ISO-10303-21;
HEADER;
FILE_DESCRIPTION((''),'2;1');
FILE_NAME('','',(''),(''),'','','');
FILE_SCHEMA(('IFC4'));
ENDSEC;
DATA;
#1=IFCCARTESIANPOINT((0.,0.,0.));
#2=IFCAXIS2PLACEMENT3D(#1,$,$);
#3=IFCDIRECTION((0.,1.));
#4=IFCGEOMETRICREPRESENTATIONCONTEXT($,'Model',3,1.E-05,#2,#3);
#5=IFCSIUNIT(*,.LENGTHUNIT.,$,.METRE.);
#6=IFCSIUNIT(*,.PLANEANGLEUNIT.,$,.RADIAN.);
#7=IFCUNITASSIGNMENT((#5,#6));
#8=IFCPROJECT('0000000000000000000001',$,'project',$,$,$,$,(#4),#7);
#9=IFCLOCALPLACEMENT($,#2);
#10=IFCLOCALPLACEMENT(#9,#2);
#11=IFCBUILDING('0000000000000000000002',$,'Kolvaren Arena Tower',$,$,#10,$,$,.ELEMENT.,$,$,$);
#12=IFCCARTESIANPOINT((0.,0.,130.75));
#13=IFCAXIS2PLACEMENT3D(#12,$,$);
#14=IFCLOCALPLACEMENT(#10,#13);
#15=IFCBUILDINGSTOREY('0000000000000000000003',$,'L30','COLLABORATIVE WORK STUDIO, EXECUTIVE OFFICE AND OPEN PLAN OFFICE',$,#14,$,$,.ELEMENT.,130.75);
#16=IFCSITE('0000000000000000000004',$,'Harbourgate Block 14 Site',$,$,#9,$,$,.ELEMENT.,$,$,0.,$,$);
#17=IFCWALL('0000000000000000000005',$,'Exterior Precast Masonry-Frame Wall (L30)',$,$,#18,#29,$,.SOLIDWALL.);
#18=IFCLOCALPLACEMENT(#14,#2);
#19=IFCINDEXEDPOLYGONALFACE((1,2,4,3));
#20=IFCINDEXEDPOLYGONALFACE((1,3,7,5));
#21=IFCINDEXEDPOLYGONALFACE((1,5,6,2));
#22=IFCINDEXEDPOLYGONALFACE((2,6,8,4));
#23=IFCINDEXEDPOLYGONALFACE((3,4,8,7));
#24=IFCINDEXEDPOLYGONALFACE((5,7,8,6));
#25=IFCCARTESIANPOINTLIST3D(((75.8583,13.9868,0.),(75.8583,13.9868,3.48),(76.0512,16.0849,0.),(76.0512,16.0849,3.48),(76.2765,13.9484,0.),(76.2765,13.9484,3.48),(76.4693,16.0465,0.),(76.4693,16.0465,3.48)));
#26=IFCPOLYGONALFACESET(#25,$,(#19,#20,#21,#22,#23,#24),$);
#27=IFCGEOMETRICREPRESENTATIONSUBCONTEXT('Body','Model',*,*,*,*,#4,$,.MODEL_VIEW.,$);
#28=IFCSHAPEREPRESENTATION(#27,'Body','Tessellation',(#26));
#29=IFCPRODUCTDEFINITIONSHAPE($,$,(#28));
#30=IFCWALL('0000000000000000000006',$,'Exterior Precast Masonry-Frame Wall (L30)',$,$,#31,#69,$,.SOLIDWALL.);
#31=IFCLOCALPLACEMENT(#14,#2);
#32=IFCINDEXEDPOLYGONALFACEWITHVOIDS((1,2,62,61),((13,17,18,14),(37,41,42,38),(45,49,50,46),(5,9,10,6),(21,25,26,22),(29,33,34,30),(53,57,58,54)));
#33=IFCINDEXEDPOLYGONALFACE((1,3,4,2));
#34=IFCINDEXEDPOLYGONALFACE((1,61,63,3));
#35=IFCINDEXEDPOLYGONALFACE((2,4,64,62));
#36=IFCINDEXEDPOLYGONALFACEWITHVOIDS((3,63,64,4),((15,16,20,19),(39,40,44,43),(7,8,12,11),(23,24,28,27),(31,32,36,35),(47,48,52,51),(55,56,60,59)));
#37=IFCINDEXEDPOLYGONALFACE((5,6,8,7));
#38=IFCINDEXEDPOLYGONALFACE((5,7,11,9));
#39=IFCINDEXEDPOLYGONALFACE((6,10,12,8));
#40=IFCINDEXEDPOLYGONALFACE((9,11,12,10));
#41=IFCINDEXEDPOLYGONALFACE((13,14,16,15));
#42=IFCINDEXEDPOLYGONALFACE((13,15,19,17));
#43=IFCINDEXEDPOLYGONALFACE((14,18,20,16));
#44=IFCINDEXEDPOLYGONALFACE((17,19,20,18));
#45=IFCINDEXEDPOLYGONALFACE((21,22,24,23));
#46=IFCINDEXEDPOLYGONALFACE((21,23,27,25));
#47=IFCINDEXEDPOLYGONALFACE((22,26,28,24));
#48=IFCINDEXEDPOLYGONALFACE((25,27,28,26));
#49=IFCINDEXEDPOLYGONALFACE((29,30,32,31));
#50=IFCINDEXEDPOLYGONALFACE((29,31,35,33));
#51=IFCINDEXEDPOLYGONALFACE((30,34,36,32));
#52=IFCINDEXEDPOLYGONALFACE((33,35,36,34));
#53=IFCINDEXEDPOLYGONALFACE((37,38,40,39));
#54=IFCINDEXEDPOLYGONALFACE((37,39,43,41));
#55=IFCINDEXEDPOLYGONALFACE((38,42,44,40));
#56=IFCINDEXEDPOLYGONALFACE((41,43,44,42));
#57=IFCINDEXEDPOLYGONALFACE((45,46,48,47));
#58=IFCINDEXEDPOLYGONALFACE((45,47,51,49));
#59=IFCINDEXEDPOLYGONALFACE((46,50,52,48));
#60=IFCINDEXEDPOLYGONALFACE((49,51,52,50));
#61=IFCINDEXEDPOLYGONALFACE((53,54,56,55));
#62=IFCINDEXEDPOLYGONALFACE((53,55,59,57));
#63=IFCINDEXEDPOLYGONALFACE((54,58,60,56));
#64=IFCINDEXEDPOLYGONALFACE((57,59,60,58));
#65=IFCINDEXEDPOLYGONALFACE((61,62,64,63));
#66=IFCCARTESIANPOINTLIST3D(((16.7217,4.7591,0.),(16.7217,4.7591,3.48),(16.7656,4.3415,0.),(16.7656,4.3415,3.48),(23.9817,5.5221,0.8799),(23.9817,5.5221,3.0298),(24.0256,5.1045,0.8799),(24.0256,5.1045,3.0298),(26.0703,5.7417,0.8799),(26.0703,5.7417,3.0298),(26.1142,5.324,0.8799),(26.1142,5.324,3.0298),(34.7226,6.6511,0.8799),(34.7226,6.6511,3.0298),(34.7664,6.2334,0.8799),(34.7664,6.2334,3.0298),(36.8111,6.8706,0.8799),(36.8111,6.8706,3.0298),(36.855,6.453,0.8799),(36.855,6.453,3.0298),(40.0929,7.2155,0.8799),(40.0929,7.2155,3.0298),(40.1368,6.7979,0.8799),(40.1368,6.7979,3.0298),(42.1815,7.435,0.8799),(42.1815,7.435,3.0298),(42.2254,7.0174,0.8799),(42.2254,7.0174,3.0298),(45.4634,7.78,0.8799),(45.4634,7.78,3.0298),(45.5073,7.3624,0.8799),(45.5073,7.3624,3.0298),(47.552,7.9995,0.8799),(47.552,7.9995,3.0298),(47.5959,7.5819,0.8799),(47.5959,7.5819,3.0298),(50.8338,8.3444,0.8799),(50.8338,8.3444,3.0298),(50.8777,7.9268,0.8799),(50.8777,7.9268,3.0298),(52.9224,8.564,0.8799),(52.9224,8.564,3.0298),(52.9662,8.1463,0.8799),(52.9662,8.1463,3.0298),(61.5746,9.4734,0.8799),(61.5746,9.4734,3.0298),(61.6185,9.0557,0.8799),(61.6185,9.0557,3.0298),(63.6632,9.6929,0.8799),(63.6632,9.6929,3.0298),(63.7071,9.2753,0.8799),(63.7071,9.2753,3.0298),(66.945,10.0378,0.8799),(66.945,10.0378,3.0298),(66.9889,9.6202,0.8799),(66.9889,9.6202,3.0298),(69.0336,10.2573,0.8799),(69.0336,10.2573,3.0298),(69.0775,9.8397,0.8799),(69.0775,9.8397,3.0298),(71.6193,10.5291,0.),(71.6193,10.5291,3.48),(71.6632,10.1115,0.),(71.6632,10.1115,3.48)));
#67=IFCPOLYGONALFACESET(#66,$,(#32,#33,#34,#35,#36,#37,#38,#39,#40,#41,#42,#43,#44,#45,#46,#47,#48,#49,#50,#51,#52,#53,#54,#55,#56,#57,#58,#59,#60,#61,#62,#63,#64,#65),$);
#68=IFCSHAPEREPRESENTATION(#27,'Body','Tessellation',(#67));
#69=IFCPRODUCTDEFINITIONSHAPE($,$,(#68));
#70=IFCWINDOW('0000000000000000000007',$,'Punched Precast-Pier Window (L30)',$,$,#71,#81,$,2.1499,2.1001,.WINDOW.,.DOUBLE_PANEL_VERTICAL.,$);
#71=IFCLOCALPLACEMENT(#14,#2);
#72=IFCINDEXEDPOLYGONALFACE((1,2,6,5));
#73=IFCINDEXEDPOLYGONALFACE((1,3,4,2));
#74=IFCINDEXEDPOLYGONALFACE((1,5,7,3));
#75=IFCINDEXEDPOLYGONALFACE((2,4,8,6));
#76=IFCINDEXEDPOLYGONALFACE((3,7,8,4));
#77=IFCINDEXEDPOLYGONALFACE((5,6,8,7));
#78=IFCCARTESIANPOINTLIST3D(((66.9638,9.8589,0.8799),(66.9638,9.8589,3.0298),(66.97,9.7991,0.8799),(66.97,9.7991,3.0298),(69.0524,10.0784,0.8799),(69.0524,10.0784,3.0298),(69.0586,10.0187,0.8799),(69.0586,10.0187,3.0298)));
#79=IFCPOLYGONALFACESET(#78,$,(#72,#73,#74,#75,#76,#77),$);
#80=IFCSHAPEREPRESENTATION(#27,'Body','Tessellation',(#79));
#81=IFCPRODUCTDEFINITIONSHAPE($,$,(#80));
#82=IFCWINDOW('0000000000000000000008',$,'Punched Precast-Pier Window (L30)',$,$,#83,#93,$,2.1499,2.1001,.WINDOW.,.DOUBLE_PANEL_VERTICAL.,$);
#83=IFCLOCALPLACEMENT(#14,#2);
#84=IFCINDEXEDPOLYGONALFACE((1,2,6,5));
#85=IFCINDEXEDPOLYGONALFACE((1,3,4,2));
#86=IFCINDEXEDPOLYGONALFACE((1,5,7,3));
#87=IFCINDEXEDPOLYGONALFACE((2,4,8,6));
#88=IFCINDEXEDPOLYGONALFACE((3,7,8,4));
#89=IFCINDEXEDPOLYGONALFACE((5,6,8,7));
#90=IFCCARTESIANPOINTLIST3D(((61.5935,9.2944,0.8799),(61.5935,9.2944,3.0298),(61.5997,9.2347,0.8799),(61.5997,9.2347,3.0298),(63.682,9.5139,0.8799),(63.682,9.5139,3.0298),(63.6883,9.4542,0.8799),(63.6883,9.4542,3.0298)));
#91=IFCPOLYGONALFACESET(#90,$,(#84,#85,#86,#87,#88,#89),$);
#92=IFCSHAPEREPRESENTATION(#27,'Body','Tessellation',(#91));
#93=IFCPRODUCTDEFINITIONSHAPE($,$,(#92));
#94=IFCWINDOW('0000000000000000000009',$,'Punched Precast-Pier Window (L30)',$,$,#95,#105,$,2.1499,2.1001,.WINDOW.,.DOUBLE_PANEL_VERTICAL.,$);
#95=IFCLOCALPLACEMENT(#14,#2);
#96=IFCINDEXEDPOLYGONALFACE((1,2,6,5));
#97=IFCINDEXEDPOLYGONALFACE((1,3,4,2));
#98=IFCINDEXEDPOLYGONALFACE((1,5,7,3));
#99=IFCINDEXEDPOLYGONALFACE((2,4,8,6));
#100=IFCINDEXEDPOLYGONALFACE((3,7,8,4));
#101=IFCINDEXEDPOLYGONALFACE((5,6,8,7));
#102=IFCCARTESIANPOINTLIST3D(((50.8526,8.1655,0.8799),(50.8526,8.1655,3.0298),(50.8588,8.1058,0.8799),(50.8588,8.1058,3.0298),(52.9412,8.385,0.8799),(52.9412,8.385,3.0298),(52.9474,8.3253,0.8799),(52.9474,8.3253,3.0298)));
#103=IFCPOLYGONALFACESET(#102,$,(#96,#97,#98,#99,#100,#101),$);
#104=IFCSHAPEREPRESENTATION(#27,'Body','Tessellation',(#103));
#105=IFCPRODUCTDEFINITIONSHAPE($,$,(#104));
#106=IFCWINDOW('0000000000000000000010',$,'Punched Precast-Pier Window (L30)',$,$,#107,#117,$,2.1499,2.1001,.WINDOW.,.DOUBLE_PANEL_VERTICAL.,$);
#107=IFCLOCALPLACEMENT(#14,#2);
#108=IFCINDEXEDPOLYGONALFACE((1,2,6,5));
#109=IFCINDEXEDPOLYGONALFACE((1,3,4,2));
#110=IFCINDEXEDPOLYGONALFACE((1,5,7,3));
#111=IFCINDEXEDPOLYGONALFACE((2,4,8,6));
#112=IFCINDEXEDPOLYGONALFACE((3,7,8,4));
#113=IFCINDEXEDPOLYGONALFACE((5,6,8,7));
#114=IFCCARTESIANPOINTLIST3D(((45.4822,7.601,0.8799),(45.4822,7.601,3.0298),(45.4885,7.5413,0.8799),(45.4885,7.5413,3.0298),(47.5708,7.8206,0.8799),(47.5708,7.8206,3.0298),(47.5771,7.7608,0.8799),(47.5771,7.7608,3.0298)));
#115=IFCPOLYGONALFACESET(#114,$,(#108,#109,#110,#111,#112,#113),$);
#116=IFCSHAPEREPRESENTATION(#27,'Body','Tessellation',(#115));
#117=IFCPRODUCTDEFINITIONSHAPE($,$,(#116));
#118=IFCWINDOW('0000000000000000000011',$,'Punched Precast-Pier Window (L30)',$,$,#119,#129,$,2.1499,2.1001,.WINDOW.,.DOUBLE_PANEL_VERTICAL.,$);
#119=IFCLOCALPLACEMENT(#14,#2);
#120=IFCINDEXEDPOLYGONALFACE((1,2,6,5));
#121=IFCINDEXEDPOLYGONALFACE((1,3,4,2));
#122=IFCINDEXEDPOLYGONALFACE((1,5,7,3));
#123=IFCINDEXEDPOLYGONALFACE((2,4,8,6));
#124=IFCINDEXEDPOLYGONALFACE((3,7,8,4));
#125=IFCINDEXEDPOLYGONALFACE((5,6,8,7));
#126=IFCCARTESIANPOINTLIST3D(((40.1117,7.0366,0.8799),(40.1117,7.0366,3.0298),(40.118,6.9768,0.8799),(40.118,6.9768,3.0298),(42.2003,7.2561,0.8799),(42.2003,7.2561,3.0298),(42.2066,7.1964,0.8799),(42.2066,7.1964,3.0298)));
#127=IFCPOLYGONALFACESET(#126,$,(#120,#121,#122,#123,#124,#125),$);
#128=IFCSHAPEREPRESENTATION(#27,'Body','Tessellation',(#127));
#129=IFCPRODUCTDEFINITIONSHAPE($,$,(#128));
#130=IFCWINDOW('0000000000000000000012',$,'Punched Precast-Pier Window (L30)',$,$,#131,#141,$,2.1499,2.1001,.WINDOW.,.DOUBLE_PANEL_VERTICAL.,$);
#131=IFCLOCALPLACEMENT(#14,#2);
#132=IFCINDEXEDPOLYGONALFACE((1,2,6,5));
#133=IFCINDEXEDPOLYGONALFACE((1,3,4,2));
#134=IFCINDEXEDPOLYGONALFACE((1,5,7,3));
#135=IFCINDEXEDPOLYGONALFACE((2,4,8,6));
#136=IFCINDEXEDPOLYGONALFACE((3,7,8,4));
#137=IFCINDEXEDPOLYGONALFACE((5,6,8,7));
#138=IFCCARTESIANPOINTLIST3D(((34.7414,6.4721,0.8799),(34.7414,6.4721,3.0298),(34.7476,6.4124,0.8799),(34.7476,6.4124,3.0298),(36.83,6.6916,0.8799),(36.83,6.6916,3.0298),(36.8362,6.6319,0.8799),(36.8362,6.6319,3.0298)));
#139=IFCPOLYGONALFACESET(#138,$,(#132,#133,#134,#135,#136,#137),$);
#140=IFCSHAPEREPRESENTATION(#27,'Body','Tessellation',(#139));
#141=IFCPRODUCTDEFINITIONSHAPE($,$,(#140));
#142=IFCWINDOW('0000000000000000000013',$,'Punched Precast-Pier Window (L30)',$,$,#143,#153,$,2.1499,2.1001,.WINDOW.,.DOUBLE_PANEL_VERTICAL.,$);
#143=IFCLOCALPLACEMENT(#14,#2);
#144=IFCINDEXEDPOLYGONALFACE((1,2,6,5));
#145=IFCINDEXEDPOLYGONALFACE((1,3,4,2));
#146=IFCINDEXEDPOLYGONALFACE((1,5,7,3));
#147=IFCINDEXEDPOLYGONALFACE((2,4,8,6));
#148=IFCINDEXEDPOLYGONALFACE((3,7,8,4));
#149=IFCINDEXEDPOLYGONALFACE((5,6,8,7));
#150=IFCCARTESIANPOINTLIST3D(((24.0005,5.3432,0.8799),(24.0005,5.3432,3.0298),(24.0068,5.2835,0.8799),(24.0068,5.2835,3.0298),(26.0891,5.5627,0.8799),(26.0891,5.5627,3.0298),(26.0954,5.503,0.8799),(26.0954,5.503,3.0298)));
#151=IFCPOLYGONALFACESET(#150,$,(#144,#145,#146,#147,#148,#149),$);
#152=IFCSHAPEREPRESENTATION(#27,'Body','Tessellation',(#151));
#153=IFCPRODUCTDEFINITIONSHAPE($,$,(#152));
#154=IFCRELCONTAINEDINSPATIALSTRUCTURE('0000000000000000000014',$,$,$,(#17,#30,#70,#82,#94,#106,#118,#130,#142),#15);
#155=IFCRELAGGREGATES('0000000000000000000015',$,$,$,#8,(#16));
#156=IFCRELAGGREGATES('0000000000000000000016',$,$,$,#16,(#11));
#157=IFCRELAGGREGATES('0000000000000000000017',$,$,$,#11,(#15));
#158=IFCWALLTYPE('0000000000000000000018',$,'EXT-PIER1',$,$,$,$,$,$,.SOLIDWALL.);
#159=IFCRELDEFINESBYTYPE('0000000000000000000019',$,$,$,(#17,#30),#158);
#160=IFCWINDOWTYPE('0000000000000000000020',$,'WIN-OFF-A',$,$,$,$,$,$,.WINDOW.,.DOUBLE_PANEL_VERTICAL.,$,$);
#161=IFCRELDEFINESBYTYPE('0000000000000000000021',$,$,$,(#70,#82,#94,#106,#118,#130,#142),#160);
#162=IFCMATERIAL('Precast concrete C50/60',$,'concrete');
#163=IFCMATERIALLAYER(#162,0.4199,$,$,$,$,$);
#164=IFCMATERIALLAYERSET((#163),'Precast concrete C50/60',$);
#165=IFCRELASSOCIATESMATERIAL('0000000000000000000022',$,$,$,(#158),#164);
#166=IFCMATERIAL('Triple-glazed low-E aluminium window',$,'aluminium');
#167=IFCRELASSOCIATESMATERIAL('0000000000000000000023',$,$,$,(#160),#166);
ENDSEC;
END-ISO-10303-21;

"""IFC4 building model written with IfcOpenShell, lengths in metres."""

from ifc_helpers import new_model, si_unit, direction, frame, frame_2d, origin, place, context, subcontext, project, spatial, rectangle, extrude, material, layer, layer_set, type_object, element, fill, save


model = new_model("IFC4")

# Units and contexts
model_context = context("Model", 3, precision=1e-05, world=origin(), true_north=direction((0.0, 1.0)))
body_context = subcontext(model_context, "Body", "Model", "MODEL_VIEW")
ifc_project = project(units=[si_unit("LENGTHUNIT", "METRE"), si_unit("PLANEANGLEUNIT", "RADIAN")], contexts=[model_context])

# Site, building, storey
site_placement = place(None, origin())
site = spatial("IfcSite", under=ifc_project, at=site_placement, Name="Harbourgate Block 14 Site", CompositionType="ELEMENT", RefElevation=0.0)
building_placement = place(site_placement, origin())
building = spatial("IfcBuilding", under=site, at=building_placement, Name="Kolvaren Arena Tower", CompositionType="ELEMENT")
storey_placement = place(building_placement, frame((0.0, 0.0, 130.75)))
storey = spatial("IfcBuildingStorey", under=building, at=storey_placement, Name="L30", Description="COLLABORATIVE WORK STUDIO, EXECUTIVE OFFICE AND OPEN PLAN OFFICE", CompositionType="ELEMENT", Elevation=130.75)

# Wall
ifc_material_1 = material(Name="Precast concrete C50/60", Category="concrete")
ifc_layer_1 = layer(ifc_material_1, 0.4199)
ifc_layer_set_1 = layer_set([ifc_layer_1], Name="Precast concrete C50/60")
wall_type_1 = type_object("IfcWallType", Name="EXT-PIER1", PredefinedType="SOLIDWALL", material=ifc_layer_set_1)
wall_1_placement = place(storey_placement, frame((76.2603, 16.0657, 0.0), z_axis=(0.0, 0.0, 1.0), x_axis=(-0.091539, -0.995802, 0.0)))
element("IfcWall", 1, at=wall_1_placement, inside=storey, type_object=wall_type_1, Name="Exterior Precast Masonry-Frame Wall (L30)", PredefinedType="SOLIDWALL", context=body_context, shape_type="SweptSolid", body=[
    extrude(rectangle(XDim=2.1069, YDim=0.4199, at=frame_2d((1.0535, 0.0))), origin(), (0.0, 0.0, 1.0), 3.48),
])

# Wall, openings, windows
wall_2_placement = place(storey_placement, frame((71.6414, 10.3203, 0.0), z_axis=(0.0, 0.0, 1.0), x_axis=(-0.994522, -0.10453, 0.0)))
wall_2 = element("IfcWall", 2, at=wall_2_placement, inside=storey, type_object=wall_type_1, Name="Exterior Precast Masonry-Frame Wall (L30)", PredefinedType="SOLIDWALL", context=body_context, shape_type="SweptSolid", body=[
    extrude(rectangle(XDim=55.2, YDim=0.4199, at=frame_2d((27.6001, 0.0))), origin(), (0.0, 0.0, 1.0), 3.48),
])
opening_1_placement = place(wall_2_placement, frame((2.6001, 0.0, 0.8799)))
opening_1 = element("IfcOpeningElement", 3, at=opening_1_placement, cuts=wall_2, PredefinedType="OPENING", context=body_context, shape_type="SweptSolid", body=[
    extrude(rectangle(XDim=2.1001, YDim=2.1499, at=frame_2d((1.05, 1.075))), frame((0.0, 0.22, 0.0), z_axis=(0.0, -1.0, 0.0), x_axis=(1.0, 0.0, 0.0)), (0.0, 0.0, 1.0), 0.4399),
])
opening_2_placement = place(wall_2_placement, frame((8.0, 0.0, 0.8799)))
opening_2 = element("IfcOpeningElement", 4, at=opening_2_placement, cuts=wall_2, PredefinedType="OPENING", context=body_context, shape_type="SweptSolid", body=[
    extrude(rectangle(XDim=2.1001, YDim=2.1499, at=frame_2d((1.05, 1.075))), frame((0.0, 0.22, 0.0), z_axis=(0.0, -1.0, 0.0), x_axis=(1.0, 0.0, 0.0)), (0.0, 0.0, 1.0), 0.4399),
])
opening_3_placement = place(wall_2_placement, frame((18.8, 0.0, 0.8799)))
opening_3 = element("IfcOpeningElement", 5, at=opening_3_placement, cuts=wall_2, PredefinedType="OPENING", context=body_context, shape_type="SweptSolid", body=[
    extrude(rectangle(XDim=2.1001, YDim=2.1499, at=frame_2d((1.05, 1.075))), frame((0.0, 0.22, 0.0), z_axis=(0.0, -1.0, 0.0), x_axis=(1.0, 0.0, 0.0)), (0.0, 0.0, 1.0), 0.4399),
])
opening_4_placement = place(wall_2_placement, frame((24.2, 0.0, 0.8799)))
opening_4 = element("IfcOpeningElement", 6, at=opening_4_placement, cuts=wall_2, PredefinedType="OPENING", context=body_context, shape_type="SweptSolid", body=[
    extrude(rectangle(XDim=2.1001, YDim=2.1499, at=frame_2d((1.05, 1.075))), frame((0.0, 0.22, 0.0), z_axis=(0.0, -1.0, 0.0), x_axis=(1.0, 0.0, 0.0)), (0.0, 0.0, 1.0), 0.4399),
])
opening_5_placement = place(wall_2_placement, frame((29.6001, 0.0, 0.8799)))
opening_5 = element("IfcOpeningElement", 7, at=opening_5_placement, cuts=wall_2, PredefinedType="OPENING", context=body_context, shape_type="SweptSolid", body=[
    extrude(rectangle(XDim=2.1001, YDim=2.1499, at=frame_2d((1.05, 1.075))), frame((0.0, 0.22, 0.0), z_axis=(0.0, -1.0, 0.0), x_axis=(1.0, 0.0, 0.0)), (0.0, 0.0, 1.0), 0.4399),
])
opening_6_placement = place(wall_2_placement, frame((35.0, 0.0, 0.8799)))
opening_6 = element("IfcOpeningElement", 8, at=opening_6_placement, cuts=wall_2, PredefinedType="OPENING", context=body_context, shape_type="SweptSolid", body=[
    extrude(rectangle(XDim=2.1001, YDim=2.1499, at=frame_2d((1.05, 1.075))), frame((0.0, 0.22, 0.0), z_axis=(0.0, -1.0, 0.0), x_axis=(1.0, 0.0, 0.0)), (0.0, 0.0, 1.0), 0.4399),
])
opening_7_placement = place(wall_2_placement, frame((45.8, 0.0, 0.8799)))
opening_7 = element("IfcOpeningElement", 9, at=opening_7_placement, cuts=wall_2, PredefinedType="OPENING", context=body_context, shape_type="SweptSolid", body=[
    extrude(rectangle(XDim=2.1001, YDim=2.1499, at=frame_2d((1.05, 1.075))), frame((0.0, 0.22, 0.0), z_axis=(0.0, -1.0, 0.0), x_axis=(1.0, 0.0, 0.0)), (0.0, 0.0, 1.0), 0.4399),
])
ifc_material_2 = material(Name="Triple-glazed low-E aluminium window", Category="aluminium")
window_type = type_object("IfcWindowType", Name="WIN-OFF-A", PartitioningType="DOUBLE_PANEL_VERTICAL", PredefinedType="WINDOW", material=ifc_material_2)
window_1_placement = place(opening_1_placement, origin())
window_1 = element("IfcWindow", 10, at=window_1_placement, inside=storey, type_object=window_type, Name="Punched Precast-Pier Window (L30)", OverallHeight=2.1499, OverallWidth=2.1001, PartitioningType="DOUBLE_PANEL_VERTICAL", PredefinedType="WINDOW", context=body_context, shape_type="SweptSolid", body=[
    extrude(rectangle(XDim=2.1001, YDim=2.1499, at=frame_2d((1.05, 1.075))), frame((0.0, 0.03, 0.0), z_axis=(0.0, -1.0, 0.0), x_axis=(1.0, 0.0, 0.0)), (0.0, 0.0, 1.0), 0.0601),
])
fill(opening_1, window_1)
window_2_placement = place(opening_2_placement, origin())
window_2 = element("IfcWindow", 11, at=window_2_placement, inside=storey, type_object=window_type, Name="Punched Precast-Pier Window (L30)", OverallHeight=2.1499, OverallWidth=2.1001, PartitioningType="DOUBLE_PANEL_VERTICAL", PredefinedType="WINDOW", context=body_context, shape_type="SweptSolid", body=[
    extrude(rectangle(XDim=2.1001, YDim=2.1499, at=frame_2d((1.05, 1.075))), frame((0.0, 0.03, 0.0), z_axis=(0.0, -1.0, 0.0), x_axis=(1.0, 0.0, 0.0)), (0.0, 0.0, 1.0), 0.0601),
])
fill(opening_2, window_2)
window_3_placement = place(opening_3_placement, origin())
window_3 = element("IfcWindow", 12, at=window_3_placement, inside=storey, type_object=window_type, Name="Punched Precast-Pier Window (L30)", OverallHeight=2.1499, OverallWidth=2.1001, PartitioningType="DOUBLE_PANEL_VERTICAL", PredefinedType="WINDOW", context=body_context, shape_type="SweptSolid", body=[
    extrude(rectangle(XDim=2.1001, YDim=2.1499, at=frame_2d((1.05, 1.075))), frame((0.0, 0.03, 0.0), z_axis=(0.0, -1.0, 0.0), x_axis=(1.0, 0.0, 0.0)), (0.0, 0.0, 1.0), 0.0601),
])
fill(opening_3, window_3)
window_4_placement = place(opening_4_placement, origin())
window_4 = element("IfcWindow", 13, at=window_4_placement, inside=storey, type_object=window_type, Name="Punched Precast-Pier Window (L30)", OverallHeight=2.1499, OverallWidth=2.1001, PartitioningType="DOUBLE_PANEL_VERTICAL", PredefinedType="WINDOW", context=body_context, shape_type="SweptSolid", body=[
    extrude(rectangle(XDim=2.1001, YDim=2.1499, at=frame_2d((1.05, 1.075))), frame((0.0, 0.03, 0.0), z_axis=(0.0, -1.0, 0.0), x_axis=(1.0, 0.0, 0.0)), (0.0, 0.0, 1.0), 0.0601),
])
fill(opening_4, window_4)
window_5_placement = place(opening_5_placement, origin())
window_5 = element("IfcWindow", 14, at=window_5_placement, inside=storey, type_object=window_type, Name="Punched Precast-Pier Window (L30)", OverallHeight=2.1499, OverallWidth=2.1001, PartitioningType="DOUBLE_PANEL_VERTICAL", PredefinedType="WINDOW", context=body_context, shape_type="SweptSolid", body=[
    extrude(rectangle(XDim=2.1001, YDim=2.1499, at=frame_2d((1.05, 1.075))), frame((0.0, 0.03, 0.0), z_axis=(0.0, -1.0, 0.0), x_axis=(1.0, 0.0, 0.0)), (0.0, 0.0, 1.0), 0.0601),
])
fill(opening_5, window_5)
window_6_placement = place(opening_6_placement, origin())
window_6 = element("IfcWindow", 15, at=window_6_placement, inside=storey, type_object=window_type, Name="Punched Precast-Pier Window (L30)", OverallHeight=2.1499, OverallWidth=2.1001, PartitioningType="DOUBLE_PANEL_VERTICAL", PredefinedType="WINDOW", context=body_context, shape_type="SweptSolid", body=[
    extrude(rectangle(XDim=2.1001, YDim=2.1499, at=frame_2d((1.05, 1.075))), frame((0.0, 0.03, 0.0), z_axis=(0.0, -1.0, 0.0), x_axis=(1.0, 0.0, 0.0)), (0.0, 0.0, 1.0), 0.0601),
])
fill(opening_6, window_6)
window_7_placement = place(opening_7_placement, origin())
window_7 = element("IfcWindow", 16, at=window_7_placement, inside=storey, type_object=window_type, Name="Punched Precast-Pier Window (L30)", OverallHeight=2.1499, OverallWidth=2.1001, PartitioningType="DOUBLE_PANEL_VERTICAL", PredefinedType="WINDOW", context=body_context, shape_type="SweptSolid", body=[
    extrude(rectangle(XDim=2.1001, YDim=2.1499, at=frame_2d((1.05, 1.075))), frame((0.0, 0.03, 0.0), z_axis=(0.0, -1.0, 0.0), x_axis=(1.0, 0.0, 0.0)), (0.0, 0.0, 1.0), 0.0601),
])
fill(opening_7, window_7)

save(model, "model.ifc")
